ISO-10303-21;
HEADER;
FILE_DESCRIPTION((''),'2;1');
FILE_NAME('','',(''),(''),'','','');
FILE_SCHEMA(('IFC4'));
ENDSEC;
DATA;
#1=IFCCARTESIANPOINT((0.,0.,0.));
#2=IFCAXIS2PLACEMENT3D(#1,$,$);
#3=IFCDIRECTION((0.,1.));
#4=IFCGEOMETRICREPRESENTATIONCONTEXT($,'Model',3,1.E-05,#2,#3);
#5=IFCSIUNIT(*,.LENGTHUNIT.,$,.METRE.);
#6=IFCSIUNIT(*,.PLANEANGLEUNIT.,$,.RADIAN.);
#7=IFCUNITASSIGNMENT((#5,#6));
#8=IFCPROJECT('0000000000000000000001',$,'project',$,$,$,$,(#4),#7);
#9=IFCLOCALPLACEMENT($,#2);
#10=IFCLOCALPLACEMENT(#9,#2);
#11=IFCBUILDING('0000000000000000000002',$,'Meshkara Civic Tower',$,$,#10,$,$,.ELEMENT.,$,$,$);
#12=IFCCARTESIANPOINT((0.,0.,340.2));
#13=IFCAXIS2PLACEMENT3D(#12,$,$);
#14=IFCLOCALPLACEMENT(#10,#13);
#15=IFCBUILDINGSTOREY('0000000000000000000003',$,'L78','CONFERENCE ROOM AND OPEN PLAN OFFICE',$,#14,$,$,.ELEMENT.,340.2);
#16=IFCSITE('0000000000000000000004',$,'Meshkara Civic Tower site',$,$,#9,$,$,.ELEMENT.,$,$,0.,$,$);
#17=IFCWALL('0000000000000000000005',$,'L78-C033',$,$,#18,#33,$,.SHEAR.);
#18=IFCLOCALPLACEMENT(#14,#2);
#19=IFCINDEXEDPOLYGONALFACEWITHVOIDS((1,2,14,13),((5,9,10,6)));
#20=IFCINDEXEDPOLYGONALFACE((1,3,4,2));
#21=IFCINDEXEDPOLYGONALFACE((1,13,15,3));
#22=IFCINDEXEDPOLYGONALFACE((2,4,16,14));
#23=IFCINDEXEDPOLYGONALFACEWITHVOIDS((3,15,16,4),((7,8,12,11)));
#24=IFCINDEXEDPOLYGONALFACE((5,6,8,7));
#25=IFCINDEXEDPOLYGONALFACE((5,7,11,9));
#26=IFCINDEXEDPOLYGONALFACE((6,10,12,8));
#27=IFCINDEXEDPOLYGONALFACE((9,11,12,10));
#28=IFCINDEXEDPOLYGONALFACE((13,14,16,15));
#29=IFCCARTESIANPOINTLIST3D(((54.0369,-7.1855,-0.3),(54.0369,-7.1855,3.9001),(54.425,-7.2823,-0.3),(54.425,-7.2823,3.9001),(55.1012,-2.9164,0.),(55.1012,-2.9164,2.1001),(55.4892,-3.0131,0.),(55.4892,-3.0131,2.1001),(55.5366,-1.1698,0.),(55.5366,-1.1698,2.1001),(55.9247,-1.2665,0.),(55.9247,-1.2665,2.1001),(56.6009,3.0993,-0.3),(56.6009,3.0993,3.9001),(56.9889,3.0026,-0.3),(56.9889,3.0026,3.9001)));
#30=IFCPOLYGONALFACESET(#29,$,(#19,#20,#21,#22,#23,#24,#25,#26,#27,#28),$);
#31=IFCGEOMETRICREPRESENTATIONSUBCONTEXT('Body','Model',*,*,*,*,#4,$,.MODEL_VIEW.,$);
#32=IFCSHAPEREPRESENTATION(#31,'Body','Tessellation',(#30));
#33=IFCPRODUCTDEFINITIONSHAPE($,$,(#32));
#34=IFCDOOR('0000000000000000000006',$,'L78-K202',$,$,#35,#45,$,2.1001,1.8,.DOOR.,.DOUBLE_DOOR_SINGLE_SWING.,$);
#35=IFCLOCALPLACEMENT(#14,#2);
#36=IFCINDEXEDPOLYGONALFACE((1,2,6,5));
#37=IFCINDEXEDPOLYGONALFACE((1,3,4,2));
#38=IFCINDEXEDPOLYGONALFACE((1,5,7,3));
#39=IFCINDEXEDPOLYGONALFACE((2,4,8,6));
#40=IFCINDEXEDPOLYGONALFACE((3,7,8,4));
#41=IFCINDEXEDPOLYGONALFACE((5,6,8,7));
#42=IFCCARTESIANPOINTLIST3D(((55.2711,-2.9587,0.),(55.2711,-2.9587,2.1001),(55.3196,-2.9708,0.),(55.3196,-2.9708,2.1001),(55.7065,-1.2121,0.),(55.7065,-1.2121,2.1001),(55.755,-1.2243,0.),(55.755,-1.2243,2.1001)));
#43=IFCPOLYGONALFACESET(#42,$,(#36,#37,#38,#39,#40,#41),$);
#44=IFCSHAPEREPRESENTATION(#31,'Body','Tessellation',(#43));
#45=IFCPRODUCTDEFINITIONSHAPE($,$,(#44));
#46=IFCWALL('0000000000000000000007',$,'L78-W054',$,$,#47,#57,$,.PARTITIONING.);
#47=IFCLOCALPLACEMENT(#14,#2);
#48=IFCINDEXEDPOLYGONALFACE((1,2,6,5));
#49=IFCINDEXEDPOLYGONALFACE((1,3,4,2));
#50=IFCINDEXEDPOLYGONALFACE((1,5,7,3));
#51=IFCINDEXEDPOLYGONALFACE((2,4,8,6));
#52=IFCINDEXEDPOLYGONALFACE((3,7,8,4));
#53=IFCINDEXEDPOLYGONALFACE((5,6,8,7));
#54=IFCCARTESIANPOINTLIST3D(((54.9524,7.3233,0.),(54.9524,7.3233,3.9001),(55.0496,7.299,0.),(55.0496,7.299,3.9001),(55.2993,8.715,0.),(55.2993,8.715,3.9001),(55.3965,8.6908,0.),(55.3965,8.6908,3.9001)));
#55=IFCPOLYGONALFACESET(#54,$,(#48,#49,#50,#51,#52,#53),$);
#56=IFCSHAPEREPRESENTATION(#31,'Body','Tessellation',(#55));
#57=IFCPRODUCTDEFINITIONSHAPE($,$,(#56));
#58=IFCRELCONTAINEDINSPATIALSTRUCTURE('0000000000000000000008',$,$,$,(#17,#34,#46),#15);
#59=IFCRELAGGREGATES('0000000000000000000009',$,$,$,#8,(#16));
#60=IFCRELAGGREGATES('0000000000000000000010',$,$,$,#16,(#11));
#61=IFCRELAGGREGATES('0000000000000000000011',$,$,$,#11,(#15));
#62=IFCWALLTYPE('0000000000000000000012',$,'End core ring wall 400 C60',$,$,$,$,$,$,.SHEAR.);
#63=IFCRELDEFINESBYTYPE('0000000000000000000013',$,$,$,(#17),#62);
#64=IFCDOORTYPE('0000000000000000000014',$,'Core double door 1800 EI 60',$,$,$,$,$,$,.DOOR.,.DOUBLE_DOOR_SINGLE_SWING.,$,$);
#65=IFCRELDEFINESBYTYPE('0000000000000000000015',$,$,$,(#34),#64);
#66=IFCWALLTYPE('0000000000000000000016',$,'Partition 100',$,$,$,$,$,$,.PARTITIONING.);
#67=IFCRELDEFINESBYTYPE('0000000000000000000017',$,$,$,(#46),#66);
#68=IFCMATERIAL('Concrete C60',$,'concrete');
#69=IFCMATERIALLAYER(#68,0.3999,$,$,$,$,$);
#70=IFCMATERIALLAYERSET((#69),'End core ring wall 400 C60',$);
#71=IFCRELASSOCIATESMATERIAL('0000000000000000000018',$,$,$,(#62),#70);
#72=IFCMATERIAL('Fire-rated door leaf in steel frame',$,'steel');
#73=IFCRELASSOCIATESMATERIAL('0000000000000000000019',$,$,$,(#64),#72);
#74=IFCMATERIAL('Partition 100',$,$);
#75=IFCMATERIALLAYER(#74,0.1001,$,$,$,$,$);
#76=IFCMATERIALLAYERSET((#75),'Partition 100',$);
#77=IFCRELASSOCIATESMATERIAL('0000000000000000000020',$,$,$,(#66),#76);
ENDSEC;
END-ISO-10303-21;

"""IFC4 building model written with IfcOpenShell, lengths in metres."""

from ifc_helpers import new_model, si_unit, direction, frame, frame_2d, origin, place, context, subcontext, project, spatial, rectangle, extrude, material, layer, layer_set, type_object, element, fill, save


model = new_model("IFC4")

# Units and contexts
model_context = context("Model", 3, precision=1e-05, world=origin(), true_north=direction((0.0, 1.0)))
body_context = subcontext(model_context, "Body", "Model", "MODEL_VIEW")
ifc_project = project(units=[si_unit("LENGTHUNIT", "METRE"), si_unit("PLANEANGLEUNIT", "RADIAN")], contexts=[model_context])

# Site, building, storey
site_placement = place(None, origin())
site = spatial("IfcSite", under=ifc_project, at=site_placement, Name="Meshkara Civic Tower site", CompositionType="ELEMENT", RefElevation=0.0)
building_placement = place(site_placement, origin())
building = spatial("IfcBuilding", under=site, at=building_placement, Name="Meshkara Civic Tower", CompositionType="ELEMENT")
storey_placement = place(building_placement, frame((0.0, 0.0, 340.2)))
storey = spatial("IfcBuildingStorey", under=building, at=storey_placement, Name="L78", Description="CONFERENCE ROOM AND OPEN PLAN OFFICE", CompositionType="ELEMENT", Elevation=340.2)

# Shared definitions
ifc_material_1 = material(Name="Concrete C60", Category="concrete")
ifc_layer_1 = layer(ifc_material_1, 0.3999)
ifc_layer_set_1 = layer_set([ifc_layer_1], Name="End core ring wall 400 C60")
wall_type_1 = type_object("IfcWallType", Name="End core ring wall 400 C60", PredefinedType="SHEAR", material=ifc_layer_set_1)

# Wall, opening, door
wall_1_placement = place(storey_placement, frame((54.231, -7.2339, -0.3), z_axis=(0.0, 0.0, 1.0), x_axis=(0.241891, 0.970304, 0.0)))
wall_1 = element("IfcWall", 1, at=wall_1_placement, inside=storey, type_object=wall_type_1, Name="L78-C033", PredefinedType="SHEAR", context=body_context, shape_type="SweptSolid", body=[
    extrude(rectangle(XDim=10.5996, YDim=0.3999, at=frame_2d((5.2998, 0.0))), origin(), (0.0, 0.0, 1.0), 4.2002),
])
opening_1_placement = place(wall_1_placement, frame((4.3999, 0.0, 0.3)))
opening_1 = element("IfcOpeningElement", 2, at=opening_1_placement, cuts=wall_1, PredefinedType="OPENING", context=body_context, shape_type="SweptSolid", body=[
    extrude(rectangle(XDim=1.8, YDim=2.1001, at=frame_2d((0.8999, 1.05))), frame((0.0, 0.21, 0.0), z_axis=(0.0, -1.0, 0.0), x_axis=(1.0, 0.0, 0.0)), (0.0, 0.0, 1.0), 0.4199),
])
ifc_material_2 = material(Name="Fire-rated door leaf in steel frame", Category="steel")
door_type_1 = type_object("IfcDoorType", Name="Core double door 1800 EI 60", OperationType="DOUBLE_DOOR_SINGLE_SWING", PredefinedType="DOOR", material=ifc_material_2)
door_1_placement = place(opening_1_placement, origin())
door_1 = element("IfcDoor", 3, at=door_1_placement, inside=storey, type_object=door_type_1, Name="L78-K202", OperationType="DOUBLE_DOOR_SINGLE_SWING", OverallHeight=2.1001, OverallWidth=1.8, PredefinedType="DOOR", context=body_context, shape_type="SweptSolid", body=[
    extrude(rectangle(XDim=1.8, YDim=2.1001, at=frame_2d((0.8999, 1.05))), frame((0.0, 0.0249, 0.0), z_axis=(0.0, -1.0, 0.0), x_axis=(1.0, 0.0, 0.0)), (0.0, 0.0, 1.0), 0.05),
])
fill(opening_1, door_1)

# Wall
ifc_material_3 = material(Name="Partition 100")
ifc_layer_2 = layer(ifc_material_3, 0.1001)
ifc_layer_set_2 = layer_set([ifc_layer_2], Name="Partition 100")
wall_type_2 = type_object("IfcWallType", Name="Partition 100", PredefinedType="PARTITIONING", material=ifc_layer_set_2)
wall_2_placement = place(storey_placement, frame((55.001, 7.311, 0.0), z_axis=(0.0, 0.0, 1.0), x_axis=(0.241855, 0.970312, 0.0)))
element("IfcWall", 4, at=wall_2_placement, inside=storey, type_object=wall_type_2, Name="L78-W054", PredefinedType="PARTITIONING", context=body_context, shape_type="SweptSolid", body=[
    extrude(rectangle(XDim=1.4343, YDim=0.1001, at=frame_2d((0.7173, 0.0))), origin(), (0.0, 0.0, 1.0), 3.9001),
])

save(model, "model.ifc")
